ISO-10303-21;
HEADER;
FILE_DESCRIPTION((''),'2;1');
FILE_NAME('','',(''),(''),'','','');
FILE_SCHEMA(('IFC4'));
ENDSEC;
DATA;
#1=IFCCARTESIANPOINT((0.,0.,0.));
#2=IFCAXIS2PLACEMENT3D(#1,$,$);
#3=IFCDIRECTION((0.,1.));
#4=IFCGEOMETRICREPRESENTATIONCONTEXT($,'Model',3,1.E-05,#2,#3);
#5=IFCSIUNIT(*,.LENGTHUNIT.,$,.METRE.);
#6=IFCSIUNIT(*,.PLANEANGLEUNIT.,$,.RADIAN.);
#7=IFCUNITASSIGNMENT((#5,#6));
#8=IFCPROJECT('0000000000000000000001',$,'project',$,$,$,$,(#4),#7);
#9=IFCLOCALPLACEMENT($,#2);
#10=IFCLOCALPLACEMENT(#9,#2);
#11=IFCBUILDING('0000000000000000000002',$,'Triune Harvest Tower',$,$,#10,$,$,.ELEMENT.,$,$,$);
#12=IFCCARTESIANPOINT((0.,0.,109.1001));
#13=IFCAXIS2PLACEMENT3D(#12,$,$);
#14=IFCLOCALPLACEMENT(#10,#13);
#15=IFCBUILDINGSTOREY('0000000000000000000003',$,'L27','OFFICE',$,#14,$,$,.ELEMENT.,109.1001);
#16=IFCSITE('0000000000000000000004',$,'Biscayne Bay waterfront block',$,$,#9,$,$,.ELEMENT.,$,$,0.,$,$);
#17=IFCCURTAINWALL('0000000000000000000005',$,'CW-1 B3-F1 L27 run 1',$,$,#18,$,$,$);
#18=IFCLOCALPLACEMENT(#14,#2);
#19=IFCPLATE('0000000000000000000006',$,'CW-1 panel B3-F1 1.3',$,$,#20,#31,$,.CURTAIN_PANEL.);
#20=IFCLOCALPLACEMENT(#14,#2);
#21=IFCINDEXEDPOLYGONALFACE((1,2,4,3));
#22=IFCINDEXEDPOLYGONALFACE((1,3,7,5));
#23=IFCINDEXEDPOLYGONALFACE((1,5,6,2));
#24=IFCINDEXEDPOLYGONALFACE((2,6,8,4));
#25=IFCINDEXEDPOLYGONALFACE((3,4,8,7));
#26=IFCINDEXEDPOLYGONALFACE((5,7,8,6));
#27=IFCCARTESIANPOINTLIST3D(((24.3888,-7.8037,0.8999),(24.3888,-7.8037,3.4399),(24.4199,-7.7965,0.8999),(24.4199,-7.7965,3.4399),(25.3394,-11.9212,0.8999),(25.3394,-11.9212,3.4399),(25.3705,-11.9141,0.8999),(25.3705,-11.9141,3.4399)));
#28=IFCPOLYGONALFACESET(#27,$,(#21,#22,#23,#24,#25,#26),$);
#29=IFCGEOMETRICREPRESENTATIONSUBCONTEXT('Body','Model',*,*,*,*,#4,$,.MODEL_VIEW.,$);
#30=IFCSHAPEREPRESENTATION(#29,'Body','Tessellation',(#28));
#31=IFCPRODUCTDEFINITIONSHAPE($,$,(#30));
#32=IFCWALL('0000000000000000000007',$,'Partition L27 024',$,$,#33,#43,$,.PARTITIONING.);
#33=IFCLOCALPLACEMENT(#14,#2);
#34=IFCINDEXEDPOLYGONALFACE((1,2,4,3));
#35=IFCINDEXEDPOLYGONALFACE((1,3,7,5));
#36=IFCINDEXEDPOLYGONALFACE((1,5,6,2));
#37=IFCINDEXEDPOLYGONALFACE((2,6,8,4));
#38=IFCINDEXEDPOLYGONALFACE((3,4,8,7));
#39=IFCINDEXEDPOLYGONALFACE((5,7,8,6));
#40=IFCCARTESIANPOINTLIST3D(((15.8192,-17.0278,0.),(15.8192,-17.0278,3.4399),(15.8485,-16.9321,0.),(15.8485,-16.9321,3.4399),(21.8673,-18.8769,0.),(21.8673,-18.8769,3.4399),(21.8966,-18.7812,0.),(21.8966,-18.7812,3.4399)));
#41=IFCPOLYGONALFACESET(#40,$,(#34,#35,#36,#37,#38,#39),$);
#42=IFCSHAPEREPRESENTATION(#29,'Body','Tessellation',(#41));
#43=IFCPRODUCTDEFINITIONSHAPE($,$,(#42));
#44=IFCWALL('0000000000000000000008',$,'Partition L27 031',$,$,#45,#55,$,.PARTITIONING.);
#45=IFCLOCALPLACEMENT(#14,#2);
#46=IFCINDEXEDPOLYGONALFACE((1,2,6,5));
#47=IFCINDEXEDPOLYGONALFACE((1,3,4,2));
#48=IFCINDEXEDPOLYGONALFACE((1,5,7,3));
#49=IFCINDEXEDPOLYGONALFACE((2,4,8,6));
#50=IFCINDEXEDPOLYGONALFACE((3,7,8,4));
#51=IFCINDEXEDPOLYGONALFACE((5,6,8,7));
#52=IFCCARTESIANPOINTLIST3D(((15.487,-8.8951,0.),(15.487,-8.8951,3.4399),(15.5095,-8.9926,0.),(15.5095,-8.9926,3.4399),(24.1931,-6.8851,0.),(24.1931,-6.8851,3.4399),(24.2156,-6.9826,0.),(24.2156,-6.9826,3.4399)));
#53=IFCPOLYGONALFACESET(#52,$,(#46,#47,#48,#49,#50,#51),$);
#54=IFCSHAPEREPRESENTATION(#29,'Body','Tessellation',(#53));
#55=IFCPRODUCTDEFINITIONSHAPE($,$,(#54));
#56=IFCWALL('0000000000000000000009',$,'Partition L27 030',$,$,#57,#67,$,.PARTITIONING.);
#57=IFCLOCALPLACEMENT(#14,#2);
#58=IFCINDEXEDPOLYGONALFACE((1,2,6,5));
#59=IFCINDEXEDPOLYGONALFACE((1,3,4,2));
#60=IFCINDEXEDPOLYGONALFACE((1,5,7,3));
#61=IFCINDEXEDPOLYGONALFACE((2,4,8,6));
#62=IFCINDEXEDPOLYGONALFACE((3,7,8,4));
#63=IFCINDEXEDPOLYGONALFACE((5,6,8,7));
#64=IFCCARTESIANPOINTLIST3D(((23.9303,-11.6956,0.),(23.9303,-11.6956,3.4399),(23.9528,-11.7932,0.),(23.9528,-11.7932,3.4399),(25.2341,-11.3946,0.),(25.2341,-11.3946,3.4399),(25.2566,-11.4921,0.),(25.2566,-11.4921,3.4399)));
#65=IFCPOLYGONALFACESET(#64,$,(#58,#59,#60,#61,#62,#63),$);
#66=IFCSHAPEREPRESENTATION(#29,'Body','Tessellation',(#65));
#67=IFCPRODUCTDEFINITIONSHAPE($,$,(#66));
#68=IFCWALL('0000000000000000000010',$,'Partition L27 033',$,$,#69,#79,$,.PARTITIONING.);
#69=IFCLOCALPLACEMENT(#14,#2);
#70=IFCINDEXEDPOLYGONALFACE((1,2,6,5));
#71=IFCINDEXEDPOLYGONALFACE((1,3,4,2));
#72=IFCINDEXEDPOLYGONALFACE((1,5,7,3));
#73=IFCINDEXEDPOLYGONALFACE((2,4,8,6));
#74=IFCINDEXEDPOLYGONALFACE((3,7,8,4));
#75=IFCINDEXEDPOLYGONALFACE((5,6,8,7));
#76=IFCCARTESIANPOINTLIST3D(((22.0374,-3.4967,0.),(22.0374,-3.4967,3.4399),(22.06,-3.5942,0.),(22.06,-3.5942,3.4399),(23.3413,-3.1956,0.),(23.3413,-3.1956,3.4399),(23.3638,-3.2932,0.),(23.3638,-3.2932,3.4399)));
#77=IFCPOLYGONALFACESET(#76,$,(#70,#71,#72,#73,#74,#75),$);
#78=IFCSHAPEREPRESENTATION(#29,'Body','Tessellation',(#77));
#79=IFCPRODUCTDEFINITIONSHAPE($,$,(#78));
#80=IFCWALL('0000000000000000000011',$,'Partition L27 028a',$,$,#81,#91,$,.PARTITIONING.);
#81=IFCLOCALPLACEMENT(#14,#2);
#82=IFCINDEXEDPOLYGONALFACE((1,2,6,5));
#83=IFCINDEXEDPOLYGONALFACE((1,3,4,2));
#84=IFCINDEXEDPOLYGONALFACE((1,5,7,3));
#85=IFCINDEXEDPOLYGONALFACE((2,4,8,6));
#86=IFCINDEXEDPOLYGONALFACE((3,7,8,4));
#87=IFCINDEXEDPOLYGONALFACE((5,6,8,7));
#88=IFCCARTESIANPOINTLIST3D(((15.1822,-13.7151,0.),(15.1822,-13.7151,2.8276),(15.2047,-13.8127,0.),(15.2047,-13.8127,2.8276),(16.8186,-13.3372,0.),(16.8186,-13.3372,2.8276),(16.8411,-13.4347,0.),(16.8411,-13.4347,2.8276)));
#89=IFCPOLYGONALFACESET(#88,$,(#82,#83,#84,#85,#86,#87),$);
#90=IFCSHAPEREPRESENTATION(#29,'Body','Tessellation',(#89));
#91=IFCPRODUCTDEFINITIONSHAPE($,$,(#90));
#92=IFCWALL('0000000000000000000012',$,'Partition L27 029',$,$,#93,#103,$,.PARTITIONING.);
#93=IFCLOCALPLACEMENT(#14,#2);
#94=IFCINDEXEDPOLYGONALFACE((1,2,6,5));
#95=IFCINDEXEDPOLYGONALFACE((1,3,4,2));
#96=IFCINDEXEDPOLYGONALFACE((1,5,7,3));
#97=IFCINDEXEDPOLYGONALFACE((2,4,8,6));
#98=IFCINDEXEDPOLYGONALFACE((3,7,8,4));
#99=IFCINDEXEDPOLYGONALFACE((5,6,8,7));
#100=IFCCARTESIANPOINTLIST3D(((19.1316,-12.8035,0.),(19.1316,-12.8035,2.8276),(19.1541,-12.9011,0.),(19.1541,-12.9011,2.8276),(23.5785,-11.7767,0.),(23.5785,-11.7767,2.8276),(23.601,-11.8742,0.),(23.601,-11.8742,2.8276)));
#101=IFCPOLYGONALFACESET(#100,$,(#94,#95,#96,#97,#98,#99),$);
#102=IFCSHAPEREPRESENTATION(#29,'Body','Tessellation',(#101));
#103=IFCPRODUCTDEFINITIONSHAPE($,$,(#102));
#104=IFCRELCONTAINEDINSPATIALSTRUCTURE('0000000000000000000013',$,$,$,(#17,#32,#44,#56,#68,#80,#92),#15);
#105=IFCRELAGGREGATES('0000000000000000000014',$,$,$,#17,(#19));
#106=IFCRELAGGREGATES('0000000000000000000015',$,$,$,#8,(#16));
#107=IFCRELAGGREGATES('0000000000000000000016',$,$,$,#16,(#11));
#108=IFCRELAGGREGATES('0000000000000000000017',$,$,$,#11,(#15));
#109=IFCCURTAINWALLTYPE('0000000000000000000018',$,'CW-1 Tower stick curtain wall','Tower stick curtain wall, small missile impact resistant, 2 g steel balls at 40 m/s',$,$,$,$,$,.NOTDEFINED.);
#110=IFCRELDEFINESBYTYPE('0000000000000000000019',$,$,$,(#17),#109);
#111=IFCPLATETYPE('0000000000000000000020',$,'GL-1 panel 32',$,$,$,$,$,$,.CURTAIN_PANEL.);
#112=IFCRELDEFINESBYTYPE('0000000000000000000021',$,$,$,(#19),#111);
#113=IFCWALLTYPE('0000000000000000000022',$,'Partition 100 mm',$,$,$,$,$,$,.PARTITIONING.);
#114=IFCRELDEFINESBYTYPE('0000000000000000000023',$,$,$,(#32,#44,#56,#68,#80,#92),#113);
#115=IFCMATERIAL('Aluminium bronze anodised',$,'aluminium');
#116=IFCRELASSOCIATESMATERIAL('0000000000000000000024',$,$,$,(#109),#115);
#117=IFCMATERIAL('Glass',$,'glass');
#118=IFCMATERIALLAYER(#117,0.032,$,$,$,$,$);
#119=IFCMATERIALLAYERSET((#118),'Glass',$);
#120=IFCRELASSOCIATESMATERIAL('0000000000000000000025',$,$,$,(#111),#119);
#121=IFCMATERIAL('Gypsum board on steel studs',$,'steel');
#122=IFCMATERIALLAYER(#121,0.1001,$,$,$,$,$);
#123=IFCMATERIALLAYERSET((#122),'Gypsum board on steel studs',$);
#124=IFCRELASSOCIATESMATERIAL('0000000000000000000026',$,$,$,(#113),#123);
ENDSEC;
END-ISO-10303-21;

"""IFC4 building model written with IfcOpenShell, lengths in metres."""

from ifc_helpers import new_model, si_unit, direction, frame, frame_2d, origin, origin_2d, place, context, subcontext, project, spatial, rectangle, extrude, source, transform, mapped, material, layer, layer_set, type_object, element, aggregate, save


model = new_model("IFC4")

# Units and contexts
model_context = context("Model", 3, precision=1e-05, world=origin(), true_north=direction((0.0, 1.0)))
body_context = subcontext(model_context, "Body", "Model", "MODEL_VIEW")
ifc_project = project(units=[si_unit("LENGTHUNIT", "METRE"), si_unit("PLANEANGLEUNIT", "RADIAN")], contexts=[model_context])

# Site, building, storey
site_placement = place(None, origin())
site = spatial("IfcSite", under=ifc_project, at=site_placement, Name="Biscayne Bay waterfront block", CompositionType="ELEMENT", RefElevation=0.0)
building_placement = place(site_placement, origin())
building = spatial("IfcBuilding", under=site, at=building_placement, Name="Triune Harvest Tower", CompositionType="ELEMENT")
storey_placement = place(building_placement, frame((0.0, 0.0, 109.1001)))
storey = spatial("IfcBuildingStorey", under=building, at=storey_placement, Name="L27", Description="OFFICE", CompositionType="ELEMENT", Elevation=109.1001)

# Curtain wall
ifc_material_1 = material(Name="Aluminium bronze anodised", Category="aluminium")
curtain_wall_type_1 = type_object("IfcCurtainWallType", Name="CW-1 Tower stick curtain wall", Description="Tower stick curtain wall, small missile impact resistant, 2 g steel balls at 40 m/s", PredefinedType="NOTDEFINED", material=ifc_material_1)
curtain_wall_1_placement = place(storey_placement, origin())
curtain_wall_1 = element("IfcCurtainWall", 1, at=curtain_wall_1_placement, inside=storey, type_object=curtain_wall_type_1, Name="CW-1 B3-F1 L27 run 1")

# Plate
ifc_material_2 = material(Name="Glass", Category="glass")
ifc_layer_1 = layer(ifc_material_2, 0.032)
ifc_layer_set_1 = layer_set([ifc_layer_1], Name="Glass")
plate_type_1 = type_object("IfcPlateType", Name="GL-1 panel 32", PredefinedType="CURTAIN_PANEL", material=ifc_layer_set_1)
shared_shape_1 = source(origin(), body_context, "Body", "SweptSolid", [
    extrude(rectangle(XDim=4.2258, YDim=0.032, at=origin_2d()), origin(), (0.0, 0.0, 1.0), 2.54),
])
plate_1_placement = place(storey_placement, frame((24.8796, -9.8589, 0.8999), z_axis=(0.0, 0.0, 1.0), x_axis=(-0.224951, 0.97437, 0.0)))
plate_1 = element("IfcPlate", 2, at=plate_1_placement, type_object=plate_type_1, Name="CW-1 panel B3-F1 1.3", PredefinedType="CURTAIN_PANEL", context=body_context, shape_type="MappedRepresentation", body=[
    mapped(shared_shape_1, transform((0.0, 0.0, 0.0), scale=1.0)),
])
aggregate(curtain_wall_1, [plate_1])

# Walls
ifc_material_3 = material(Name="Gypsum board on steel studs", Category="steel")
ifc_layer_2 = layer(ifc_material_3, 0.1001)
ifc_layer_set_2 = layer_set([ifc_layer_2], Name="Gypsum board on steel studs")
wall_type = type_object("IfcWallType", Name="Partition 100 mm", PredefinedType="PARTITIONING", material=ifc_layer_set_2)
wall_1_placement = place(storey_placement, frame((15.834, -16.98, 0.0), z_axis=(0.0, 0.0, 1.0), x_axis=(0.956303, -0.292376, 0.0)))
element("IfcWall", 3, at=wall_1_placement, inside=storey, type_object=wall_type, Name="Partition L27 024", PredefinedType="PARTITIONING", context=body_context, shape_type="SweptSolid", body=[
    extrude(rectangle(XDim=6.3245, YDim=0.1001, at=frame_2d((3.1621, 0.0))), origin(), (0.0, 0.0, 1.0), 3.4399),
])
wall_2_placement = place(storey_placement, frame((15.4983, -8.9438, 0.0), z_axis=(0.0, 0.0, 1.0), x_axis=(0.974369, 0.224957, 0.0)))
element("IfcWall", 4, at=wall_2_placement, inside=storey, type_object=wall_type, Name="Partition L27 031", PredefinedType="PARTITIONING", context=body_context, shape_type="SweptSolid", body=[
    extrude(rectangle(XDim=8.9351, YDim=0.1001, at=frame_2d((4.4675, 0.0))), origin(), (0.0, 0.0, 1.0), 3.4399),
])
shared_shape_2 = source(origin(), body_context, "Body", "SweptSolid", [
    extrude(rectangle(XDim=1.3381, YDim=0.1001, at=frame_2d((0.6689, 0.0))), origin(), (0.0, 0.0, 1.0), 3.4399),
])
for number, where, z_axis, x_axis, name in (
    (5, (23.9417, -11.7444, 0.0), (0.0, 0.0, 1.0), (0.974364, 0.224979, 0.0), "Partition L27 030"),
    (6, (22.0488, -3.5454, 0.0), (0.0, 0.0, 1.0), (0.974364, 0.224979, 0.0), "Partition L27 033"),
):
    element("IfcWall", number, at=place(storey_placement, frame(where, z_axis=z_axis, x_axis=x_axis)), inside=storey, type_object=wall_type, Name=name, PredefinedType="PARTITIONING", context=body_context, shape_type="MappedRepresentation", body=[
        mapped(shared_shape_2, transform((0.0, 0.0, 0.0), scale=1.0)),
    ])
shared_shape_3 = source(origin(), body_context, "Body", "SweptSolid", [
    extrude(rectangle(XDim=1.6794, YDim=0.1001, at=frame_2d((0.8398, 0.0))), origin(), (0.0, 0.0, 1.0), 2.8276),
])
wall_3_placement = place(storey_placement, frame((15.1934, -13.7639, 0.0), z_axis=(0.0, 0.0, 1.0), x_axis=(0.974354, 0.225019, 0.0)))
element("IfcWall", 7, at=wall_3_placement, inside=storey, type_object=wall_type, Name="Partition L27 028a", PredefinedType="PARTITIONING", context=body_context, shape_type="MappedRepresentation", body=[
    mapped(shared_shape_3, transform((0.0, 0.0, 0.0), scale=1.0)),
])
shared_shape_4 = source(origin(), body_context, "Body", "SweptSolid", [
    extrude(rectangle(XDim=4.564, YDim=0.1001, at=frame_2d((2.282, 0.0))), origin(), (0.0, 0.0, 1.0), 2.8276),
])
wall_4_placement = place(storey_placement, frame((19.1428, -12.8523, 0.0), z_axis=(0.0, 0.0, 1.0), x_axis=(0.974361, 0.224988, 0.0)))
element("IfcWall", 8, at=wall_4_placement, inside=storey, type_object=wall_type, Name="Partition L27 029", PredefinedType="PARTITIONING", context=body_context, shape_type="MappedRepresentation", body=[
    mapped(shared_shape_4, transform((0.0, 0.0, 0.0), scale=1.0)),
])

save(model, "model.ifc")
